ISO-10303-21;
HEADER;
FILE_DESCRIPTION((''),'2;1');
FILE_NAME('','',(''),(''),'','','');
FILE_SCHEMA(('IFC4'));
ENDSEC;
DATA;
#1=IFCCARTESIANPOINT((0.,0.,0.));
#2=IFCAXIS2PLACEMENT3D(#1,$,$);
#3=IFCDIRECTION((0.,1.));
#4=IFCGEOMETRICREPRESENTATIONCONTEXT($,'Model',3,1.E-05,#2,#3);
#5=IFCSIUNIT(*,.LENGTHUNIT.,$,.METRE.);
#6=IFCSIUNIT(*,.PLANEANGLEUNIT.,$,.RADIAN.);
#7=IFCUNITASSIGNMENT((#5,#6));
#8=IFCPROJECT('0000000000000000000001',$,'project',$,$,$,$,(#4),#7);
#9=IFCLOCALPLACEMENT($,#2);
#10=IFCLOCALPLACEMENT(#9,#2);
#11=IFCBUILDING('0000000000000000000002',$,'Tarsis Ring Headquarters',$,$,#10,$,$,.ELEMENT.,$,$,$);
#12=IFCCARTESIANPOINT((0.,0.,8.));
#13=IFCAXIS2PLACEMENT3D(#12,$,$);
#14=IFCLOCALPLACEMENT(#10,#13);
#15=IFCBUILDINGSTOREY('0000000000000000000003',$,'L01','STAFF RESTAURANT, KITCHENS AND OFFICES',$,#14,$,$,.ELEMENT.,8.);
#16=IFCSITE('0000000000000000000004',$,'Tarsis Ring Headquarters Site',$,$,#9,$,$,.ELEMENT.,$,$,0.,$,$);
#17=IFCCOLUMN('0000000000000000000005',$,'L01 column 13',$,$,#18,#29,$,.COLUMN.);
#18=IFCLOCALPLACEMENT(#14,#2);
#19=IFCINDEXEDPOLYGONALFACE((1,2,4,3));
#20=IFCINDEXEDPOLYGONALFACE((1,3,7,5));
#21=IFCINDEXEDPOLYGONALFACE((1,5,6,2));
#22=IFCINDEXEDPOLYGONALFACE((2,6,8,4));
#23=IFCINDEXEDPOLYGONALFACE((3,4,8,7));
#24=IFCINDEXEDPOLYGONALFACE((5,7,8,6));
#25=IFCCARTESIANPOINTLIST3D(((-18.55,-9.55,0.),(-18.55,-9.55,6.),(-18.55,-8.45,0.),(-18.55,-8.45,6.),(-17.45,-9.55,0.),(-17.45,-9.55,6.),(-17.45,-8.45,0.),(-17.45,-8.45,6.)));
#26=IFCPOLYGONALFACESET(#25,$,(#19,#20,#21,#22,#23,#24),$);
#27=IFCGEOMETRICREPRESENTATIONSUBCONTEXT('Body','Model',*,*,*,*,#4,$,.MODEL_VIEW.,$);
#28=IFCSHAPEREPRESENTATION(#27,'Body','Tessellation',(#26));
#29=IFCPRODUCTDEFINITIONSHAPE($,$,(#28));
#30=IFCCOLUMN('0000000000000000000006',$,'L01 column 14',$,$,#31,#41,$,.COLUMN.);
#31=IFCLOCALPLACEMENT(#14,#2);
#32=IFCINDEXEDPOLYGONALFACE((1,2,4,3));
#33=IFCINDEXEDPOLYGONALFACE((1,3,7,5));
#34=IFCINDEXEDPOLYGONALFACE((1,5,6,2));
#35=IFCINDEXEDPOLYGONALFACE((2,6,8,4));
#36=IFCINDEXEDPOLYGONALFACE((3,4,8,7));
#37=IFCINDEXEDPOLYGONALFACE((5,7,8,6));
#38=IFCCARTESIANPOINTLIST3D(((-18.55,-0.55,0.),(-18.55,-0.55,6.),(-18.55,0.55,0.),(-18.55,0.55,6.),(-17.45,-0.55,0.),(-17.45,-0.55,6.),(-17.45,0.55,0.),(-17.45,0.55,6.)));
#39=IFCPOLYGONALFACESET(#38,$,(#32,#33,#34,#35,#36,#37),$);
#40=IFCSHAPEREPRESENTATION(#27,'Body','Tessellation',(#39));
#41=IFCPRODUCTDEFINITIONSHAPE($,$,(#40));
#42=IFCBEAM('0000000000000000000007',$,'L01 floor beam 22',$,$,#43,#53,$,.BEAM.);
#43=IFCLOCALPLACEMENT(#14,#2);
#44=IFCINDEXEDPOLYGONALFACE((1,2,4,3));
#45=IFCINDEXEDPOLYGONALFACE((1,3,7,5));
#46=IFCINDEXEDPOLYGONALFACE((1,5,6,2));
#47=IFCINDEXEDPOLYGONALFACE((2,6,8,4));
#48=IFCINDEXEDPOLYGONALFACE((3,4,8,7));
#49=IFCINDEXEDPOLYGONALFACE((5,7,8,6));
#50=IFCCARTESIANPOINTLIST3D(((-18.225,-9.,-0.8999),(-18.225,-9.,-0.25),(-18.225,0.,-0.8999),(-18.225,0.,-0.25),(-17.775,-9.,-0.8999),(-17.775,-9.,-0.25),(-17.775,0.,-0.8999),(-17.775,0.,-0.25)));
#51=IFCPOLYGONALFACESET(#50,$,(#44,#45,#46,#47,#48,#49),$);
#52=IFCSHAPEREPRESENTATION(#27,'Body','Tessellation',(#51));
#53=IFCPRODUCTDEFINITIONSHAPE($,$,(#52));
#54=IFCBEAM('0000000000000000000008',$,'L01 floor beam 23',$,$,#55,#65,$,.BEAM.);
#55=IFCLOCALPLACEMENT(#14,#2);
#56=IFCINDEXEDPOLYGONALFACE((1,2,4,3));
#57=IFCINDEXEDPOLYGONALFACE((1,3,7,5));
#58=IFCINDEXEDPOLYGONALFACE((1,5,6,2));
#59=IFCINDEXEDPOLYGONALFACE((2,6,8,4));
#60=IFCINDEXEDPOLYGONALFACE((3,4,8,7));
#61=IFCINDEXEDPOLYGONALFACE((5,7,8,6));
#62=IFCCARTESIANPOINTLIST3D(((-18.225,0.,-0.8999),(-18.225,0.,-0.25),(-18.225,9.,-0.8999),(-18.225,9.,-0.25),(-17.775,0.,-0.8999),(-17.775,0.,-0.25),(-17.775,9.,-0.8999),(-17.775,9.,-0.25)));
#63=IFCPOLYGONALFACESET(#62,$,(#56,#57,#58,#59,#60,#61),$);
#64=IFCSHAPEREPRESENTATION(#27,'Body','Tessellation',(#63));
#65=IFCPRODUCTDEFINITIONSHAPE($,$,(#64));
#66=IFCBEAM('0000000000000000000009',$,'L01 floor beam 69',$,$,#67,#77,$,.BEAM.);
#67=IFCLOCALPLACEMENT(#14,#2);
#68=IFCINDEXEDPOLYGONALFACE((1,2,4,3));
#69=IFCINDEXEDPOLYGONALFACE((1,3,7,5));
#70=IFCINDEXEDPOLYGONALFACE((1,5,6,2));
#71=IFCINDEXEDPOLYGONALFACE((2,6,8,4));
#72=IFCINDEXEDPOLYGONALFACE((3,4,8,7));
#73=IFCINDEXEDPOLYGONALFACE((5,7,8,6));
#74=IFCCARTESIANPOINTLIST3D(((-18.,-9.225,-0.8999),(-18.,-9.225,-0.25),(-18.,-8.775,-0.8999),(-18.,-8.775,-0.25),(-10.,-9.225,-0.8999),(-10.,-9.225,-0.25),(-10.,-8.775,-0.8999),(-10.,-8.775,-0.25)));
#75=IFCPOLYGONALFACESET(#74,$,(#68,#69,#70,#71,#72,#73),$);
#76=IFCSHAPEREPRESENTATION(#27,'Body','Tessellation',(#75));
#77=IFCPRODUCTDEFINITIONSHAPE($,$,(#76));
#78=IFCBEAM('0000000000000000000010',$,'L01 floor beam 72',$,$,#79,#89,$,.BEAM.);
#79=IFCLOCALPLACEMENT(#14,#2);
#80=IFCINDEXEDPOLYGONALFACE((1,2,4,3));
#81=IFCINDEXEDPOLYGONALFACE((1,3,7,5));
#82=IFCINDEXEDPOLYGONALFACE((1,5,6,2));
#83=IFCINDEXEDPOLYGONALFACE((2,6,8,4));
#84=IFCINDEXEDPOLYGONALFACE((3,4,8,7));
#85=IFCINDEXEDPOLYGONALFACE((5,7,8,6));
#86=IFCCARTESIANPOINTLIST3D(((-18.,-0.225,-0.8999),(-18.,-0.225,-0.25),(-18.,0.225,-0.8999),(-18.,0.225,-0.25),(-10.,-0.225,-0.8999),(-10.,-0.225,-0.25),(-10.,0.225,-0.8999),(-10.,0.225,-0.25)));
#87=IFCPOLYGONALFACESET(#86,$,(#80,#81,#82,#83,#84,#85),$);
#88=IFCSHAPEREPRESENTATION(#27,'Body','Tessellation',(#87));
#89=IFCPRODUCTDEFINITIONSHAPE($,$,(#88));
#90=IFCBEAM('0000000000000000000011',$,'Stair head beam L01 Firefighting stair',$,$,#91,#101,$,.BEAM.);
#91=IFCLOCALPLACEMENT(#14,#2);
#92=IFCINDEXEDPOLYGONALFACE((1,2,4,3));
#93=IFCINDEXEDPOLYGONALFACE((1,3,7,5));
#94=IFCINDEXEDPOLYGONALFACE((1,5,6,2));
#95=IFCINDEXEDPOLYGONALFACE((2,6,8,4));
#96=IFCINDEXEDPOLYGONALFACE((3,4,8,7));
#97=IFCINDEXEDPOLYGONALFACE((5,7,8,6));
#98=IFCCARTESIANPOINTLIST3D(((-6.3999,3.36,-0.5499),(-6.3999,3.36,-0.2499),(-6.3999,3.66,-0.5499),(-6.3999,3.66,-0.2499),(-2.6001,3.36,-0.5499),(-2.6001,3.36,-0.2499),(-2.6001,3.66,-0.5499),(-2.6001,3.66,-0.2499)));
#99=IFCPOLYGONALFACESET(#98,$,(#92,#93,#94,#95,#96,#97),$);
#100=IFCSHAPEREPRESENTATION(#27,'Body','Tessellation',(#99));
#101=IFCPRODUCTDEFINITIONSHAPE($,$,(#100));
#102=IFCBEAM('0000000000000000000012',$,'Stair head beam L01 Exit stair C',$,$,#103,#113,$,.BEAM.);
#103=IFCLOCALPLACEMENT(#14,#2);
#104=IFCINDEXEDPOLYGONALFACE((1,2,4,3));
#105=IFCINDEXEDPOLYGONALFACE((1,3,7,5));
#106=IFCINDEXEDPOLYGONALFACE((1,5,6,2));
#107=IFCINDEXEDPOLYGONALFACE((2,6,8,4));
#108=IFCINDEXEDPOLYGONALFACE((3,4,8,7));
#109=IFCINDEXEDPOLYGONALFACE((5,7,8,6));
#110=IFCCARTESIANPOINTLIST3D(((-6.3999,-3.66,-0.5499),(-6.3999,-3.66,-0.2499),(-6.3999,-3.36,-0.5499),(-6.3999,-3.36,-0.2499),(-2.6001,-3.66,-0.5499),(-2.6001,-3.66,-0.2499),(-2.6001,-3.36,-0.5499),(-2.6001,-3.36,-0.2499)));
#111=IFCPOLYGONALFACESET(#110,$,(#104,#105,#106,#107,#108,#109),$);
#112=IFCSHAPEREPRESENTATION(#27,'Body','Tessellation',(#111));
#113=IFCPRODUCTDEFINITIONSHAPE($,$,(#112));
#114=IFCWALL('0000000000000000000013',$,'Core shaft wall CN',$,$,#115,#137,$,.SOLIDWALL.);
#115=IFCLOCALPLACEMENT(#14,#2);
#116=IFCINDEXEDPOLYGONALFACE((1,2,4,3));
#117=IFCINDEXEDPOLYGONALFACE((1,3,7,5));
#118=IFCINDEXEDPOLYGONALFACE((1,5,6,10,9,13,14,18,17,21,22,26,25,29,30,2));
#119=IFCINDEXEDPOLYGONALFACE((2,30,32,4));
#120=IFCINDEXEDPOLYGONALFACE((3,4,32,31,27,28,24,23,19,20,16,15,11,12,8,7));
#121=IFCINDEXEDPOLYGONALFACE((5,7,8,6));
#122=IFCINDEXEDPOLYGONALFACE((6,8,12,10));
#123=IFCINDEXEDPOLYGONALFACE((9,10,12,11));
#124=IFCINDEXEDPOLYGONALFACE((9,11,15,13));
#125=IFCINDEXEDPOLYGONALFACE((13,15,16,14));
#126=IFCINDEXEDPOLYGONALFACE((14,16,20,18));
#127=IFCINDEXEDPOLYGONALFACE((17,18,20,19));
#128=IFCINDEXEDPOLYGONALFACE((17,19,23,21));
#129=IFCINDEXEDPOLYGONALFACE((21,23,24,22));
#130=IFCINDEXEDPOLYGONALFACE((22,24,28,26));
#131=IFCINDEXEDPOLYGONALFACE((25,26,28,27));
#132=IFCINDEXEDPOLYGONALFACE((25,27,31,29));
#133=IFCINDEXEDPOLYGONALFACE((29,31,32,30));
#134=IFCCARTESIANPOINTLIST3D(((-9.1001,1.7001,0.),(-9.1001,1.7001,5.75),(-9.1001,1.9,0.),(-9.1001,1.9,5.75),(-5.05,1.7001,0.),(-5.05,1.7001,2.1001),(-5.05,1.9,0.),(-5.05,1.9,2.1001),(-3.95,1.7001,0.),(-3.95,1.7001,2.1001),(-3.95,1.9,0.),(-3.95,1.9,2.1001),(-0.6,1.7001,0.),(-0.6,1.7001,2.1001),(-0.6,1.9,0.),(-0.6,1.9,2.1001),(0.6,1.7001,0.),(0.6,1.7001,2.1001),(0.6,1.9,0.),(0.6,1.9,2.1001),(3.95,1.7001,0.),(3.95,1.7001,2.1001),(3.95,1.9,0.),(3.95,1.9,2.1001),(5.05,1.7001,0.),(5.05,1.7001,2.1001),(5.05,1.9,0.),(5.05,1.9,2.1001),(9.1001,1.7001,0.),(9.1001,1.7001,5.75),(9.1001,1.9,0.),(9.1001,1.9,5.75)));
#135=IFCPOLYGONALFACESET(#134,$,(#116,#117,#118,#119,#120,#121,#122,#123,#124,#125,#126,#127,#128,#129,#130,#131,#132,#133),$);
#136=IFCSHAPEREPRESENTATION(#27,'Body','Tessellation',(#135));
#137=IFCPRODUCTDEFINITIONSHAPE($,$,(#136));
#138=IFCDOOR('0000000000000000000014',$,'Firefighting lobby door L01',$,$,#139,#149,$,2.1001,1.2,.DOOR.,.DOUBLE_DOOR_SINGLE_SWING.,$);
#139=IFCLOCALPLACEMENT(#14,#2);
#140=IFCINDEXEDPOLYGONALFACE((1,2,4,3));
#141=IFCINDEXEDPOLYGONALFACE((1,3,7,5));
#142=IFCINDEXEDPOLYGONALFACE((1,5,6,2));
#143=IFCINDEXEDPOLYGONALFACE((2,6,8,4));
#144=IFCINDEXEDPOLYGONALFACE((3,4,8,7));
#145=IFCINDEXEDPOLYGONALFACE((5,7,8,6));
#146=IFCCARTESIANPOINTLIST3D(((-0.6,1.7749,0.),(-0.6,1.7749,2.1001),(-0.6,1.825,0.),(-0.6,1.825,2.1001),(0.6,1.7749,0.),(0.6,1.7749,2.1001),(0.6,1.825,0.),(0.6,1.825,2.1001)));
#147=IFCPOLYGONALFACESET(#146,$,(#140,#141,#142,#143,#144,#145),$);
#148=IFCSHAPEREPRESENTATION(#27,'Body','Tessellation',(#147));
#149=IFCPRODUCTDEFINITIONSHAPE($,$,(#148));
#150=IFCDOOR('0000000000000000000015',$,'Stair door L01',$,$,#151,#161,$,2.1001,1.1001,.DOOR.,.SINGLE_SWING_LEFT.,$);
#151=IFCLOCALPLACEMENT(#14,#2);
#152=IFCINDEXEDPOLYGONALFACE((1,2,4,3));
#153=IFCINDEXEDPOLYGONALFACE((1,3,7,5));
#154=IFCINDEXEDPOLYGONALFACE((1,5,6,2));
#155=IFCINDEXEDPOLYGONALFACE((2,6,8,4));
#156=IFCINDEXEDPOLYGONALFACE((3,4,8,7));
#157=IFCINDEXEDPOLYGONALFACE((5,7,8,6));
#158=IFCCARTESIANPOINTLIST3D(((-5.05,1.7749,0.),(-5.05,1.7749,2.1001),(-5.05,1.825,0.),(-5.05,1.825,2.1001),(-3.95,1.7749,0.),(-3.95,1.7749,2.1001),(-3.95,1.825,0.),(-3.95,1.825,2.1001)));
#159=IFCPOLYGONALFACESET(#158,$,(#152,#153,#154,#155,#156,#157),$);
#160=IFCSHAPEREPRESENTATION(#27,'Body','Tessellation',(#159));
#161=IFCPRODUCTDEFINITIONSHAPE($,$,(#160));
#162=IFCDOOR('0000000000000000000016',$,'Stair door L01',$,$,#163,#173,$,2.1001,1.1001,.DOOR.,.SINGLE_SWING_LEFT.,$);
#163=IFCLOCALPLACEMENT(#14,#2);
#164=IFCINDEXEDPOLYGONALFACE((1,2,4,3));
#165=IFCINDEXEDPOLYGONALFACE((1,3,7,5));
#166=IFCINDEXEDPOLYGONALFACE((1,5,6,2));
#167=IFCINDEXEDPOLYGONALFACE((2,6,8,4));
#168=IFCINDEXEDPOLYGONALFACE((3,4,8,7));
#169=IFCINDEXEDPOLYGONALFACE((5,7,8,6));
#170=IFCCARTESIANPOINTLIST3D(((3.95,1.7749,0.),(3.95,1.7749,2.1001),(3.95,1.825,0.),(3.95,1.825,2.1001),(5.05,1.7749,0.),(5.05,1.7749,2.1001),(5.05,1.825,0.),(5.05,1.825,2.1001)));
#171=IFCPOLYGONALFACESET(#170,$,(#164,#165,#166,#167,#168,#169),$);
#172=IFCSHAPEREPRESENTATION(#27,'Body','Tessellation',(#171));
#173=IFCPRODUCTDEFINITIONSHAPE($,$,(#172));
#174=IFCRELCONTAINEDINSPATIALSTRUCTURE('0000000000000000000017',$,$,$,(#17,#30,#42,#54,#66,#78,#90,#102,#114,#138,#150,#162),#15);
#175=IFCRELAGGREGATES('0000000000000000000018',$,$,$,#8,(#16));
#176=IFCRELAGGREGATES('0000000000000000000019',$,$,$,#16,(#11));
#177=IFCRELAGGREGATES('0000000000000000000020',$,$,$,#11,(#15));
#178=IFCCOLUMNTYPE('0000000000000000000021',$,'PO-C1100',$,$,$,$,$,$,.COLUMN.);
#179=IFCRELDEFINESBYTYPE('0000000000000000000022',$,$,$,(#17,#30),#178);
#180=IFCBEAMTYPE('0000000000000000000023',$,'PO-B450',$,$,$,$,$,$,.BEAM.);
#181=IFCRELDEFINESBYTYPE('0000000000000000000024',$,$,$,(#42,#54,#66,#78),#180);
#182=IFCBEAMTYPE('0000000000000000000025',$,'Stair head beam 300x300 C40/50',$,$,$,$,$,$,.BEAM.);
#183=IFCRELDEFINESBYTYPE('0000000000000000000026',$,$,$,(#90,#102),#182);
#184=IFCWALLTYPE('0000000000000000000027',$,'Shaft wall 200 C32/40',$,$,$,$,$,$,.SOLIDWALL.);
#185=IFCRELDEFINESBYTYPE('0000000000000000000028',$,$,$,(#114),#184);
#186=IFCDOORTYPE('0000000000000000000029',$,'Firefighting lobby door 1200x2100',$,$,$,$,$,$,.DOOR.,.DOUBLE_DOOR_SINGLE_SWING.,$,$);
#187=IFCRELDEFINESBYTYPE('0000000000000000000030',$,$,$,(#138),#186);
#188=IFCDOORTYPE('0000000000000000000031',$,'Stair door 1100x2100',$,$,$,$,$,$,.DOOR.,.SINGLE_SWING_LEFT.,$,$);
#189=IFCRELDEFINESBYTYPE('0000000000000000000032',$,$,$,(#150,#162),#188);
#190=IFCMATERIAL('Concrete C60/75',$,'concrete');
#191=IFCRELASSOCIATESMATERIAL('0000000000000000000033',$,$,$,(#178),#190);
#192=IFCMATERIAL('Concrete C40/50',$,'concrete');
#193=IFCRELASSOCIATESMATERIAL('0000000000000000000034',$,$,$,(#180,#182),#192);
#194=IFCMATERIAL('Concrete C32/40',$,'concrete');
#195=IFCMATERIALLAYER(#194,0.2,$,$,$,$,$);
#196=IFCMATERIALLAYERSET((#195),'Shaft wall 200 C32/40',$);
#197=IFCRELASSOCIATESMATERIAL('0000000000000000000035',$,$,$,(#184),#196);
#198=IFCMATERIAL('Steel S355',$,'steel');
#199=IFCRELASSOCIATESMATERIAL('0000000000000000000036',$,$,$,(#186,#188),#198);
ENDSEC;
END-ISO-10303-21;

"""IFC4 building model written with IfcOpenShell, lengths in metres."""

from ifc_helpers import new_model, si_unit, direction, frame, frame_2d, origin, origin_2d, place, context, subcontext, project, spatial, rectangle, extrude, material, layer, layer_set, material_profile, profile_set, type_object, element, fill, save


model = new_model("IFC4")

# Units and contexts
model_context = context("Model", 3, precision=1e-05, world=origin(), true_north=direction((0.0, 1.0)))
body_context = subcontext(model_context, "Body", "Model", "MODEL_VIEW")
ifc_project = project(units=[si_unit("LENGTHUNIT", "METRE"), si_unit("PLANEANGLEUNIT", "RADIAN")], contexts=[model_context])

# Site, building, storey
site_placement = place(None, origin())
site = spatial("IfcSite", under=ifc_project, at=site_placement, Name="Tarsis Ring Headquarters Site", CompositionType="ELEMENT", RefElevation=0.0)
building_placement = place(site_placement, origin())
building = spatial("IfcBuilding", under=site, at=building_placement, Name="Tarsis Ring Headquarters", CompositionType="ELEMENT")
storey_placement = place(building_placement, frame((0.0, 0.0, 8.0)))
storey = spatial("IfcBuildingStorey", under=building, at=storey_placement, Name="L01", Description="STAFF RESTAURANT, KITCHENS AND OFFICES", CompositionType="ELEMENT", Elevation=8.0)

# Columns
ifc_material_1 = material(Name="Concrete C60/75", Category="concrete")
ifc_material_profile_1 = material_profile(ifc_material_1, rectangle(XDim=1.1001, YDim=1.1001, at=origin_2d()), Name="PO-C1100")
ifc_profile_set_1 = profile_set([ifc_material_profile_1], Name="Concrete C60/75")
column_type = type_object("IfcColumnType", Name="PO-C1100", PredefinedType="COLUMN", material=ifc_profile_set_1)
for number, where, z_axis, x_axis, name in (
    (1, (-18.0, -9.0, 0.0), (0.0, 0.0, 1.0), (1.0, 0.0, 0.0), "L01 column 13"),
    (2, (-18.0, 0.0, 0.0), (0.0, 0.0, 1.0), (1.0, 0.0, 0.0), "L01 column 14"),
):
    element("IfcColumn", number, at=place(storey_placement, frame(where, z_axis=z_axis, x_axis=x_axis)), inside=storey, type_object=column_type, Name=name, PredefinedType="COLUMN", context=body_context, shape_type="SweptSolid", body=[
        extrude(rectangle(XDim=1.1001, YDim=1.1001, at=origin_2d()), origin(), (0.0, 0.0, 1.0), 6.0),
    ])

# Beams
ifc_material_2 = material(Name="Concrete C40/50", Category="concrete")
ifc_material_profile_2 = material_profile(ifc_material_2, rectangle(XDim=0.45, YDim=0.6499, at=origin_2d()), Name="PO-B450")
ifc_profile_set_2 = profile_set([ifc_material_profile_2], Name="Concrete C40/50")
beam_type_1 = type_object("IfcBeamType", Name="PO-B450", PredefinedType="BEAM", material=ifc_profile_set_2)
for number, where, z_axis, x_axis, name in (
    (3, (-18.0, -9.0, -0.575), (0.0, 1.0, 0.0), (-1.0, 0.0, 0.0), "L01 floor beam 22"),
    (4, (-18.0, 0.0, -0.575), (0.0, 1.0, 0.0), (-1.0, 0.0, 0.0), "L01 floor beam 23"),
):
    element("IfcBeam", number, at=place(storey_placement, frame(where, z_axis=z_axis, x_axis=x_axis)), inside=storey, type_object=beam_type_1, Name=name, PredefinedType="BEAM", context=body_context, shape_type="SweptSolid", body=[
        extrude(rectangle(XDim=0.45, YDim=0.6499, at=origin_2d()), origin(), (0.0, 0.0, 1.0), 9.0),
    ])
for number, where, z_axis, x_axis, name in (
    (5, (-18.0, -9.0, -0.575), (1.0, 0.0, 0.0), (0.0, 1.0, 0.0), "L01 floor beam 69"),
    (6, (-18.0, 0.0, -0.575), (1.0, 0.0, 0.0), (0.0, 1.0, 0.0), "L01 floor beam 72"),
):
    element("IfcBeam", number, at=place(storey_placement, frame(where, z_axis=z_axis, x_axis=x_axis)), inside=storey, type_object=beam_type_1, Name=name, PredefinedType="BEAM", context=body_context, shape_type="SweptSolid", body=[
        extrude(rectangle(XDim=0.45, YDim=0.6499, at=origin_2d()), origin(), (0.0, 0.0, 1.0), 8.0),
    ])
ifc_material_profile_3 = material_profile(ifc_material_2, rectangle(XDim=0.3, YDim=0.3, at=origin_2d()), Name="Stair head beam 300x300 C40/50")
ifc_profile_set_3 = profile_set([ifc_material_profile_3], Name="Concrete C40/50")
beam_type_2 = type_object("IfcBeamType", Name="Stair head beam 300x300 C40/50", PredefinedType="BEAM", material=ifc_profile_set_3)
for number, where, z_axis, x_axis, name in (
    (7, (-6.3999, 3.51, -0.3999), (1.0, 0.0, 0.0), (0.0, 1.0, 0.0), "Stair head beam L01 Firefighting stair"),
    (8, (-6.3999, -3.51, -0.3999), (1.0, 0.0, 0.0), (0.0, 1.0, 0.0), "Stair head beam L01 Exit stair C"),
):
    element("IfcBeam", number, at=place(storey_placement, frame(where, z_axis=z_axis, x_axis=x_axis)), inside=storey, type_object=beam_type_2, Name=name, PredefinedType="BEAM", context=body_context, shape_type="SweptSolid", body=[
        extrude(rectangle(XDim=0.3, YDim=0.3, at=origin_2d()), origin(), (0.0, 0.0, 1.0), 3.7998),
    ])

# Wall, openings, doors
ifc_material_3 = material(Name="Concrete C32/40", Category="concrete")
ifc_layer = layer(ifc_material_3, 0.2)
ifc_layer_set = layer_set([ifc_layer], Name="Shaft wall 200 C32/40")
wall_type = type_object("IfcWallType", Name="Shaft wall 200 C32/40", PredefinedType="SOLIDWALL", material=ifc_layer_set)
wall_1_placement = place(storey_placement, frame((-9.1001, 1.8, 0.0), z_axis=(0.0, 0.0, 1.0), x_axis=(1.0, 0.0, 0.0)))
wall_1 = element("IfcWall", 9, at=wall_1_placement, inside=storey, type_object=wall_type, Name="Core shaft wall CN", PredefinedType="SOLIDWALL", context=body_context, shape_type="SweptSolid", body=[
    extrude(rectangle(XDim=18.2002, YDim=0.2, at=frame_2d((9.1001, 0.0))), origin(), (0.0, 0.0, 1.0), 5.75),
])
opening_1_placement = place(wall_1_placement, frame((4.05, 0.0, 0.0)))
opening_1 = element("IfcOpeningElement", 10, at=opening_1_placement, cuts=wall_1, PredefinedType="OPENING", context=body_context, shape_type="SweptSolid", body=[
    extrude(rectangle(XDim=1.1001, YDim=2.1001, at=frame_2d((0.55, 1.05))), frame((0.0, 0.1099, 0.0), z_axis=(0.0, -1.0, 0.0), x_axis=(1.0, 0.0, 0.0)), (0.0, 0.0, 1.0), 0.22),
])
opening_2_placement = place(wall_1_placement, frame((8.5, 0.0, 0.0)))
opening_2 = element("IfcOpeningElement", 11, at=opening_2_placement, cuts=wall_1, PredefinedType="OPENING", context=body_context, shape_type="SweptSolid", body=[
    extrude(rectangle(XDim=1.2, YDim=2.1001, at=frame_2d((0.6001, 1.05))), frame((0.0, 0.1099, 0.0), z_axis=(0.0, -1.0, 0.0), x_axis=(1.0, 0.0, 0.0)), (0.0, 0.0, 1.0), 0.22),
])
opening_3_placement = place(wall_1_placement, frame((13.05, 0.0, 0.0)))
opening_3 = element("IfcOpeningElement", 12, at=opening_3_placement, cuts=wall_1, PredefinedType="OPENING", context=body_context, shape_type="SweptSolid", body=[
    extrude(rectangle(XDim=1.1001, YDim=2.1001, at=frame_2d((0.55, 1.05))), frame((0.0, 0.1099, 0.0), z_axis=(0.0, -1.0, 0.0), x_axis=(1.0, 0.0, 0.0)), (0.0, 0.0, 1.0), 0.22),
])
ifc_material_4 = material(Name="Steel S355", Category="steel")
door_type_1 = type_object("IfcDoorType", Name="Firefighting lobby door 1200x2100", OperationType="DOUBLE_DOOR_SINGLE_SWING", PredefinedType="DOOR", material=ifc_material_4)
door_1_placement = place(opening_2_placement, origin())
door_1 = element("IfcDoor", 13, at=door_1_placement, inside=storey, type_object=door_type_1, Name="Firefighting lobby door L01", OperationType="DOUBLE_DOOR_SINGLE_SWING", OverallHeight=2.1001, OverallWidth=1.2, PredefinedType="DOOR", context=body_context, shape_type="SweptSolid", body=[
    extrude(rectangle(XDim=1.2, YDim=2.1001, at=frame_2d((0.6001, 1.05))), frame((0.0, 0.0249, 0.0), z_axis=(0.0, -1.0, 0.0), x_axis=(1.0, 0.0, 0.0)), (0.0, 0.0, 1.0), 0.05),
])
fill(opening_2, door_1)
door_type_2 = type_object("IfcDoorType", Name="Stair door 1100x2100", OperationType="SINGLE_SWING_LEFT", PredefinedType="DOOR", material=ifc_material_4)
door_2_placement = place(opening_1_placement, origin())
door_2 = element("IfcDoor", 14, at=door_2_placement, inside=storey, type_object=door_type_2, Name="Stair door L01", OperationType="SINGLE_SWING_LEFT", OverallHeight=2.1001, OverallWidth=1.1001, PredefinedType="DOOR", context=body_context, shape_type="SweptSolid", body=[
    extrude(rectangle(XDim=1.1001, YDim=2.1001, at=frame_2d((0.55, 1.05))), frame((0.0, 0.0249, 0.0), z_axis=(0.0, -1.0, 0.0), x_axis=(1.0, 0.0, 0.0)), (0.0, 0.0, 1.0), 0.05),
])
fill(opening_1, door_2)
door_3_placement = place(opening_3_placement, origin())
door_3 = element("IfcDoor", 15, at=door_3_placement, inside=storey, type_object=door_type_2, Name="Stair door L01", OperationType="SINGLE_SWING_LEFT", OverallHeight=2.1001, OverallWidth=1.1001, PredefinedType="DOOR", context=body_context, shape_type="SweptSolid", body=[
    extrude(rectangle(XDim=1.1001, YDim=2.1001, at=frame_2d((0.55, 1.05))), frame((0.0, 0.0249, 0.0), z_axis=(0.0, -1.0, 0.0), x_axis=(1.0, 0.0, 0.0)), (0.0, 0.0, 1.0), 0.05),
])
fill(opening_3, door_3)

save(model, "model.ifc")
